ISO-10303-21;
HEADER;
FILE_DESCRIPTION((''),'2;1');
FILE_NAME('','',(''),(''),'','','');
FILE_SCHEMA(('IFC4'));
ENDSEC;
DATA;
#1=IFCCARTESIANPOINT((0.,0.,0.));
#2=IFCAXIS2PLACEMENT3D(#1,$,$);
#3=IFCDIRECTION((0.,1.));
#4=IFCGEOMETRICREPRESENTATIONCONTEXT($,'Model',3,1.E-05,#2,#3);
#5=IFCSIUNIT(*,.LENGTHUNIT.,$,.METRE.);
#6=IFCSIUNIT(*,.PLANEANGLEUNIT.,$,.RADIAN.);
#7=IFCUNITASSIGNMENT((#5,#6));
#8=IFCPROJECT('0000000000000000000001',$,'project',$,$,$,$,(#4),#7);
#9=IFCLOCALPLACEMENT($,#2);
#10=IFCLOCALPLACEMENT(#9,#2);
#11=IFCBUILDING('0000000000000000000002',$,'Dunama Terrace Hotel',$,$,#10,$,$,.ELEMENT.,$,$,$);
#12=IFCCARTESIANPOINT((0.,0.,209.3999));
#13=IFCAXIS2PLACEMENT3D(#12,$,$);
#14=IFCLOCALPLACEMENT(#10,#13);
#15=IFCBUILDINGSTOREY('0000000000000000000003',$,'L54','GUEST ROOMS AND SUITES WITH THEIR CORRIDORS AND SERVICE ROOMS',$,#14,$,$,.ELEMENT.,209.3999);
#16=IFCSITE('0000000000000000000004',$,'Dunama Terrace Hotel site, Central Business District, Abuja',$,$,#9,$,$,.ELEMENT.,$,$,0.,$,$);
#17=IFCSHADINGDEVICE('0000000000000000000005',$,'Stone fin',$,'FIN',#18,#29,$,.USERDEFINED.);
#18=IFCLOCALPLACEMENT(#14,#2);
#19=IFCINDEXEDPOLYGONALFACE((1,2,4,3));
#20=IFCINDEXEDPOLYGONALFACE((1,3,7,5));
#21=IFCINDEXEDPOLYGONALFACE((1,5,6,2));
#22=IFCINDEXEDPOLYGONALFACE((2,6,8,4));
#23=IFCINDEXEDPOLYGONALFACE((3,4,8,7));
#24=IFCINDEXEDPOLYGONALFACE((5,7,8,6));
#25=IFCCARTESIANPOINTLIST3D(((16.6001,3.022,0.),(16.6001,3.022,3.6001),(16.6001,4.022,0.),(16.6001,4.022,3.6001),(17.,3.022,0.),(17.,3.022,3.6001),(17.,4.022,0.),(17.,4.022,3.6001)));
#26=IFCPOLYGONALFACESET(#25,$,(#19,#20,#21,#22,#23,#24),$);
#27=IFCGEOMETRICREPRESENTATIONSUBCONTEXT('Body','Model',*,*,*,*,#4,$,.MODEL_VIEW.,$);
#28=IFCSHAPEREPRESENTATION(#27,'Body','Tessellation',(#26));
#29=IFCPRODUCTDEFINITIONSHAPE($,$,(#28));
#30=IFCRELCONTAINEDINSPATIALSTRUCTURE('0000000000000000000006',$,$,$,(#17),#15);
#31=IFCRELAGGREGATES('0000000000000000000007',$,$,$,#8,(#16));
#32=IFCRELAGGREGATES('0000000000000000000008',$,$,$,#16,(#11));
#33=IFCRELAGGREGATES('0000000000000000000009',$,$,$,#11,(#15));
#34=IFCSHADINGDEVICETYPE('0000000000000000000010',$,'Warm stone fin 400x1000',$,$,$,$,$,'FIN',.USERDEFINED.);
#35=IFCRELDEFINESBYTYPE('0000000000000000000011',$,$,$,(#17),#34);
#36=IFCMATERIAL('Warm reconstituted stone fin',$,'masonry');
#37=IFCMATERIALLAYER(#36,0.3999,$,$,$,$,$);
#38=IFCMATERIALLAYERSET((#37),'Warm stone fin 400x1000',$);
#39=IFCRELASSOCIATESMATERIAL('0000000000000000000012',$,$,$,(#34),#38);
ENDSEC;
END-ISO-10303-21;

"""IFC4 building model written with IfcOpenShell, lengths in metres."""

from ifc_helpers import new_model, si_unit, direction, frame, origin, origin_2d, place, context, subcontext, project, spatial, rectangle, extrude, material, layer, layer_set, type_object, element, save


model = new_model("IFC4")

# Units and contexts
model_context = context("Model", 3, precision=1e-05, world=origin(), true_north=direction((0.0, 1.0)))
body_context = subcontext(model_context, "Body", "Model", "MODEL_VIEW")
ifc_project = project(units=[si_unit("LENGTHUNIT", "METRE"), si_unit("PLANEANGLEUNIT", "RADIAN")], contexts=[model_context])

# Site, building, storey
site_placement = place(None, origin())
site = spatial("IfcSite", under=ifc_project, at=site_placement, Name="Dunama Terrace Hotel site, Central Business District, Abuja", CompositionType="ELEMENT", RefElevation=0.0)
building_placement = place(site_placement, origin())
building = spatial("IfcBuilding", under=site, at=building_placement, Name="Dunama Terrace Hotel", CompositionType="ELEMENT")
storey_placement = place(building_placement, frame((0.0, 0.0, 209.3999)))
storey = spatial("IfcBuildingStorey", under=building, at=storey_placement, Name="L54", Description="GUEST ROOMS AND SUITES WITH THEIR CORRIDORS AND SERVICE ROOMS", CompositionType="ELEMENT", Elevation=209.3999)

# Shading device
ifc_material_1 = material(Name="Warm reconstituted stone fin", Category="masonry")
ifc_layer_1 = layer(ifc_material_1, 0.3999)
ifc_layer_set_1 = layer_set([ifc_layer_1], Name="Warm stone fin 400x1000")
shading_device_type = type_object("IfcShadingDeviceType", Name="Warm stone fin 400x1000", ElementType="FIN", PredefinedType="USERDEFINED", material=ifc_layer_set_1)
shading_device_placement = place(storey_placement, frame((16.8, 3.522, 0.0), z_axis=(0.0, 0.0, 1.0), x_axis=(1.0, 0.0, 0.0)))
element("IfcShadingDevice", 1, at=shading_device_placement, inside=storey, type_object=shading_device_type, Name="Stone fin", ObjectType="FIN", PredefinedType="USERDEFINED", context=body_context, shape_type="SweptSolid", body=[
    extrude(rectangle(XDim=0.3999, YDim=1.0, at=origin_2d()), origin(), (0.0, 0.0, 1.0), 3.6001),
])

save(model, "model.ifc")
